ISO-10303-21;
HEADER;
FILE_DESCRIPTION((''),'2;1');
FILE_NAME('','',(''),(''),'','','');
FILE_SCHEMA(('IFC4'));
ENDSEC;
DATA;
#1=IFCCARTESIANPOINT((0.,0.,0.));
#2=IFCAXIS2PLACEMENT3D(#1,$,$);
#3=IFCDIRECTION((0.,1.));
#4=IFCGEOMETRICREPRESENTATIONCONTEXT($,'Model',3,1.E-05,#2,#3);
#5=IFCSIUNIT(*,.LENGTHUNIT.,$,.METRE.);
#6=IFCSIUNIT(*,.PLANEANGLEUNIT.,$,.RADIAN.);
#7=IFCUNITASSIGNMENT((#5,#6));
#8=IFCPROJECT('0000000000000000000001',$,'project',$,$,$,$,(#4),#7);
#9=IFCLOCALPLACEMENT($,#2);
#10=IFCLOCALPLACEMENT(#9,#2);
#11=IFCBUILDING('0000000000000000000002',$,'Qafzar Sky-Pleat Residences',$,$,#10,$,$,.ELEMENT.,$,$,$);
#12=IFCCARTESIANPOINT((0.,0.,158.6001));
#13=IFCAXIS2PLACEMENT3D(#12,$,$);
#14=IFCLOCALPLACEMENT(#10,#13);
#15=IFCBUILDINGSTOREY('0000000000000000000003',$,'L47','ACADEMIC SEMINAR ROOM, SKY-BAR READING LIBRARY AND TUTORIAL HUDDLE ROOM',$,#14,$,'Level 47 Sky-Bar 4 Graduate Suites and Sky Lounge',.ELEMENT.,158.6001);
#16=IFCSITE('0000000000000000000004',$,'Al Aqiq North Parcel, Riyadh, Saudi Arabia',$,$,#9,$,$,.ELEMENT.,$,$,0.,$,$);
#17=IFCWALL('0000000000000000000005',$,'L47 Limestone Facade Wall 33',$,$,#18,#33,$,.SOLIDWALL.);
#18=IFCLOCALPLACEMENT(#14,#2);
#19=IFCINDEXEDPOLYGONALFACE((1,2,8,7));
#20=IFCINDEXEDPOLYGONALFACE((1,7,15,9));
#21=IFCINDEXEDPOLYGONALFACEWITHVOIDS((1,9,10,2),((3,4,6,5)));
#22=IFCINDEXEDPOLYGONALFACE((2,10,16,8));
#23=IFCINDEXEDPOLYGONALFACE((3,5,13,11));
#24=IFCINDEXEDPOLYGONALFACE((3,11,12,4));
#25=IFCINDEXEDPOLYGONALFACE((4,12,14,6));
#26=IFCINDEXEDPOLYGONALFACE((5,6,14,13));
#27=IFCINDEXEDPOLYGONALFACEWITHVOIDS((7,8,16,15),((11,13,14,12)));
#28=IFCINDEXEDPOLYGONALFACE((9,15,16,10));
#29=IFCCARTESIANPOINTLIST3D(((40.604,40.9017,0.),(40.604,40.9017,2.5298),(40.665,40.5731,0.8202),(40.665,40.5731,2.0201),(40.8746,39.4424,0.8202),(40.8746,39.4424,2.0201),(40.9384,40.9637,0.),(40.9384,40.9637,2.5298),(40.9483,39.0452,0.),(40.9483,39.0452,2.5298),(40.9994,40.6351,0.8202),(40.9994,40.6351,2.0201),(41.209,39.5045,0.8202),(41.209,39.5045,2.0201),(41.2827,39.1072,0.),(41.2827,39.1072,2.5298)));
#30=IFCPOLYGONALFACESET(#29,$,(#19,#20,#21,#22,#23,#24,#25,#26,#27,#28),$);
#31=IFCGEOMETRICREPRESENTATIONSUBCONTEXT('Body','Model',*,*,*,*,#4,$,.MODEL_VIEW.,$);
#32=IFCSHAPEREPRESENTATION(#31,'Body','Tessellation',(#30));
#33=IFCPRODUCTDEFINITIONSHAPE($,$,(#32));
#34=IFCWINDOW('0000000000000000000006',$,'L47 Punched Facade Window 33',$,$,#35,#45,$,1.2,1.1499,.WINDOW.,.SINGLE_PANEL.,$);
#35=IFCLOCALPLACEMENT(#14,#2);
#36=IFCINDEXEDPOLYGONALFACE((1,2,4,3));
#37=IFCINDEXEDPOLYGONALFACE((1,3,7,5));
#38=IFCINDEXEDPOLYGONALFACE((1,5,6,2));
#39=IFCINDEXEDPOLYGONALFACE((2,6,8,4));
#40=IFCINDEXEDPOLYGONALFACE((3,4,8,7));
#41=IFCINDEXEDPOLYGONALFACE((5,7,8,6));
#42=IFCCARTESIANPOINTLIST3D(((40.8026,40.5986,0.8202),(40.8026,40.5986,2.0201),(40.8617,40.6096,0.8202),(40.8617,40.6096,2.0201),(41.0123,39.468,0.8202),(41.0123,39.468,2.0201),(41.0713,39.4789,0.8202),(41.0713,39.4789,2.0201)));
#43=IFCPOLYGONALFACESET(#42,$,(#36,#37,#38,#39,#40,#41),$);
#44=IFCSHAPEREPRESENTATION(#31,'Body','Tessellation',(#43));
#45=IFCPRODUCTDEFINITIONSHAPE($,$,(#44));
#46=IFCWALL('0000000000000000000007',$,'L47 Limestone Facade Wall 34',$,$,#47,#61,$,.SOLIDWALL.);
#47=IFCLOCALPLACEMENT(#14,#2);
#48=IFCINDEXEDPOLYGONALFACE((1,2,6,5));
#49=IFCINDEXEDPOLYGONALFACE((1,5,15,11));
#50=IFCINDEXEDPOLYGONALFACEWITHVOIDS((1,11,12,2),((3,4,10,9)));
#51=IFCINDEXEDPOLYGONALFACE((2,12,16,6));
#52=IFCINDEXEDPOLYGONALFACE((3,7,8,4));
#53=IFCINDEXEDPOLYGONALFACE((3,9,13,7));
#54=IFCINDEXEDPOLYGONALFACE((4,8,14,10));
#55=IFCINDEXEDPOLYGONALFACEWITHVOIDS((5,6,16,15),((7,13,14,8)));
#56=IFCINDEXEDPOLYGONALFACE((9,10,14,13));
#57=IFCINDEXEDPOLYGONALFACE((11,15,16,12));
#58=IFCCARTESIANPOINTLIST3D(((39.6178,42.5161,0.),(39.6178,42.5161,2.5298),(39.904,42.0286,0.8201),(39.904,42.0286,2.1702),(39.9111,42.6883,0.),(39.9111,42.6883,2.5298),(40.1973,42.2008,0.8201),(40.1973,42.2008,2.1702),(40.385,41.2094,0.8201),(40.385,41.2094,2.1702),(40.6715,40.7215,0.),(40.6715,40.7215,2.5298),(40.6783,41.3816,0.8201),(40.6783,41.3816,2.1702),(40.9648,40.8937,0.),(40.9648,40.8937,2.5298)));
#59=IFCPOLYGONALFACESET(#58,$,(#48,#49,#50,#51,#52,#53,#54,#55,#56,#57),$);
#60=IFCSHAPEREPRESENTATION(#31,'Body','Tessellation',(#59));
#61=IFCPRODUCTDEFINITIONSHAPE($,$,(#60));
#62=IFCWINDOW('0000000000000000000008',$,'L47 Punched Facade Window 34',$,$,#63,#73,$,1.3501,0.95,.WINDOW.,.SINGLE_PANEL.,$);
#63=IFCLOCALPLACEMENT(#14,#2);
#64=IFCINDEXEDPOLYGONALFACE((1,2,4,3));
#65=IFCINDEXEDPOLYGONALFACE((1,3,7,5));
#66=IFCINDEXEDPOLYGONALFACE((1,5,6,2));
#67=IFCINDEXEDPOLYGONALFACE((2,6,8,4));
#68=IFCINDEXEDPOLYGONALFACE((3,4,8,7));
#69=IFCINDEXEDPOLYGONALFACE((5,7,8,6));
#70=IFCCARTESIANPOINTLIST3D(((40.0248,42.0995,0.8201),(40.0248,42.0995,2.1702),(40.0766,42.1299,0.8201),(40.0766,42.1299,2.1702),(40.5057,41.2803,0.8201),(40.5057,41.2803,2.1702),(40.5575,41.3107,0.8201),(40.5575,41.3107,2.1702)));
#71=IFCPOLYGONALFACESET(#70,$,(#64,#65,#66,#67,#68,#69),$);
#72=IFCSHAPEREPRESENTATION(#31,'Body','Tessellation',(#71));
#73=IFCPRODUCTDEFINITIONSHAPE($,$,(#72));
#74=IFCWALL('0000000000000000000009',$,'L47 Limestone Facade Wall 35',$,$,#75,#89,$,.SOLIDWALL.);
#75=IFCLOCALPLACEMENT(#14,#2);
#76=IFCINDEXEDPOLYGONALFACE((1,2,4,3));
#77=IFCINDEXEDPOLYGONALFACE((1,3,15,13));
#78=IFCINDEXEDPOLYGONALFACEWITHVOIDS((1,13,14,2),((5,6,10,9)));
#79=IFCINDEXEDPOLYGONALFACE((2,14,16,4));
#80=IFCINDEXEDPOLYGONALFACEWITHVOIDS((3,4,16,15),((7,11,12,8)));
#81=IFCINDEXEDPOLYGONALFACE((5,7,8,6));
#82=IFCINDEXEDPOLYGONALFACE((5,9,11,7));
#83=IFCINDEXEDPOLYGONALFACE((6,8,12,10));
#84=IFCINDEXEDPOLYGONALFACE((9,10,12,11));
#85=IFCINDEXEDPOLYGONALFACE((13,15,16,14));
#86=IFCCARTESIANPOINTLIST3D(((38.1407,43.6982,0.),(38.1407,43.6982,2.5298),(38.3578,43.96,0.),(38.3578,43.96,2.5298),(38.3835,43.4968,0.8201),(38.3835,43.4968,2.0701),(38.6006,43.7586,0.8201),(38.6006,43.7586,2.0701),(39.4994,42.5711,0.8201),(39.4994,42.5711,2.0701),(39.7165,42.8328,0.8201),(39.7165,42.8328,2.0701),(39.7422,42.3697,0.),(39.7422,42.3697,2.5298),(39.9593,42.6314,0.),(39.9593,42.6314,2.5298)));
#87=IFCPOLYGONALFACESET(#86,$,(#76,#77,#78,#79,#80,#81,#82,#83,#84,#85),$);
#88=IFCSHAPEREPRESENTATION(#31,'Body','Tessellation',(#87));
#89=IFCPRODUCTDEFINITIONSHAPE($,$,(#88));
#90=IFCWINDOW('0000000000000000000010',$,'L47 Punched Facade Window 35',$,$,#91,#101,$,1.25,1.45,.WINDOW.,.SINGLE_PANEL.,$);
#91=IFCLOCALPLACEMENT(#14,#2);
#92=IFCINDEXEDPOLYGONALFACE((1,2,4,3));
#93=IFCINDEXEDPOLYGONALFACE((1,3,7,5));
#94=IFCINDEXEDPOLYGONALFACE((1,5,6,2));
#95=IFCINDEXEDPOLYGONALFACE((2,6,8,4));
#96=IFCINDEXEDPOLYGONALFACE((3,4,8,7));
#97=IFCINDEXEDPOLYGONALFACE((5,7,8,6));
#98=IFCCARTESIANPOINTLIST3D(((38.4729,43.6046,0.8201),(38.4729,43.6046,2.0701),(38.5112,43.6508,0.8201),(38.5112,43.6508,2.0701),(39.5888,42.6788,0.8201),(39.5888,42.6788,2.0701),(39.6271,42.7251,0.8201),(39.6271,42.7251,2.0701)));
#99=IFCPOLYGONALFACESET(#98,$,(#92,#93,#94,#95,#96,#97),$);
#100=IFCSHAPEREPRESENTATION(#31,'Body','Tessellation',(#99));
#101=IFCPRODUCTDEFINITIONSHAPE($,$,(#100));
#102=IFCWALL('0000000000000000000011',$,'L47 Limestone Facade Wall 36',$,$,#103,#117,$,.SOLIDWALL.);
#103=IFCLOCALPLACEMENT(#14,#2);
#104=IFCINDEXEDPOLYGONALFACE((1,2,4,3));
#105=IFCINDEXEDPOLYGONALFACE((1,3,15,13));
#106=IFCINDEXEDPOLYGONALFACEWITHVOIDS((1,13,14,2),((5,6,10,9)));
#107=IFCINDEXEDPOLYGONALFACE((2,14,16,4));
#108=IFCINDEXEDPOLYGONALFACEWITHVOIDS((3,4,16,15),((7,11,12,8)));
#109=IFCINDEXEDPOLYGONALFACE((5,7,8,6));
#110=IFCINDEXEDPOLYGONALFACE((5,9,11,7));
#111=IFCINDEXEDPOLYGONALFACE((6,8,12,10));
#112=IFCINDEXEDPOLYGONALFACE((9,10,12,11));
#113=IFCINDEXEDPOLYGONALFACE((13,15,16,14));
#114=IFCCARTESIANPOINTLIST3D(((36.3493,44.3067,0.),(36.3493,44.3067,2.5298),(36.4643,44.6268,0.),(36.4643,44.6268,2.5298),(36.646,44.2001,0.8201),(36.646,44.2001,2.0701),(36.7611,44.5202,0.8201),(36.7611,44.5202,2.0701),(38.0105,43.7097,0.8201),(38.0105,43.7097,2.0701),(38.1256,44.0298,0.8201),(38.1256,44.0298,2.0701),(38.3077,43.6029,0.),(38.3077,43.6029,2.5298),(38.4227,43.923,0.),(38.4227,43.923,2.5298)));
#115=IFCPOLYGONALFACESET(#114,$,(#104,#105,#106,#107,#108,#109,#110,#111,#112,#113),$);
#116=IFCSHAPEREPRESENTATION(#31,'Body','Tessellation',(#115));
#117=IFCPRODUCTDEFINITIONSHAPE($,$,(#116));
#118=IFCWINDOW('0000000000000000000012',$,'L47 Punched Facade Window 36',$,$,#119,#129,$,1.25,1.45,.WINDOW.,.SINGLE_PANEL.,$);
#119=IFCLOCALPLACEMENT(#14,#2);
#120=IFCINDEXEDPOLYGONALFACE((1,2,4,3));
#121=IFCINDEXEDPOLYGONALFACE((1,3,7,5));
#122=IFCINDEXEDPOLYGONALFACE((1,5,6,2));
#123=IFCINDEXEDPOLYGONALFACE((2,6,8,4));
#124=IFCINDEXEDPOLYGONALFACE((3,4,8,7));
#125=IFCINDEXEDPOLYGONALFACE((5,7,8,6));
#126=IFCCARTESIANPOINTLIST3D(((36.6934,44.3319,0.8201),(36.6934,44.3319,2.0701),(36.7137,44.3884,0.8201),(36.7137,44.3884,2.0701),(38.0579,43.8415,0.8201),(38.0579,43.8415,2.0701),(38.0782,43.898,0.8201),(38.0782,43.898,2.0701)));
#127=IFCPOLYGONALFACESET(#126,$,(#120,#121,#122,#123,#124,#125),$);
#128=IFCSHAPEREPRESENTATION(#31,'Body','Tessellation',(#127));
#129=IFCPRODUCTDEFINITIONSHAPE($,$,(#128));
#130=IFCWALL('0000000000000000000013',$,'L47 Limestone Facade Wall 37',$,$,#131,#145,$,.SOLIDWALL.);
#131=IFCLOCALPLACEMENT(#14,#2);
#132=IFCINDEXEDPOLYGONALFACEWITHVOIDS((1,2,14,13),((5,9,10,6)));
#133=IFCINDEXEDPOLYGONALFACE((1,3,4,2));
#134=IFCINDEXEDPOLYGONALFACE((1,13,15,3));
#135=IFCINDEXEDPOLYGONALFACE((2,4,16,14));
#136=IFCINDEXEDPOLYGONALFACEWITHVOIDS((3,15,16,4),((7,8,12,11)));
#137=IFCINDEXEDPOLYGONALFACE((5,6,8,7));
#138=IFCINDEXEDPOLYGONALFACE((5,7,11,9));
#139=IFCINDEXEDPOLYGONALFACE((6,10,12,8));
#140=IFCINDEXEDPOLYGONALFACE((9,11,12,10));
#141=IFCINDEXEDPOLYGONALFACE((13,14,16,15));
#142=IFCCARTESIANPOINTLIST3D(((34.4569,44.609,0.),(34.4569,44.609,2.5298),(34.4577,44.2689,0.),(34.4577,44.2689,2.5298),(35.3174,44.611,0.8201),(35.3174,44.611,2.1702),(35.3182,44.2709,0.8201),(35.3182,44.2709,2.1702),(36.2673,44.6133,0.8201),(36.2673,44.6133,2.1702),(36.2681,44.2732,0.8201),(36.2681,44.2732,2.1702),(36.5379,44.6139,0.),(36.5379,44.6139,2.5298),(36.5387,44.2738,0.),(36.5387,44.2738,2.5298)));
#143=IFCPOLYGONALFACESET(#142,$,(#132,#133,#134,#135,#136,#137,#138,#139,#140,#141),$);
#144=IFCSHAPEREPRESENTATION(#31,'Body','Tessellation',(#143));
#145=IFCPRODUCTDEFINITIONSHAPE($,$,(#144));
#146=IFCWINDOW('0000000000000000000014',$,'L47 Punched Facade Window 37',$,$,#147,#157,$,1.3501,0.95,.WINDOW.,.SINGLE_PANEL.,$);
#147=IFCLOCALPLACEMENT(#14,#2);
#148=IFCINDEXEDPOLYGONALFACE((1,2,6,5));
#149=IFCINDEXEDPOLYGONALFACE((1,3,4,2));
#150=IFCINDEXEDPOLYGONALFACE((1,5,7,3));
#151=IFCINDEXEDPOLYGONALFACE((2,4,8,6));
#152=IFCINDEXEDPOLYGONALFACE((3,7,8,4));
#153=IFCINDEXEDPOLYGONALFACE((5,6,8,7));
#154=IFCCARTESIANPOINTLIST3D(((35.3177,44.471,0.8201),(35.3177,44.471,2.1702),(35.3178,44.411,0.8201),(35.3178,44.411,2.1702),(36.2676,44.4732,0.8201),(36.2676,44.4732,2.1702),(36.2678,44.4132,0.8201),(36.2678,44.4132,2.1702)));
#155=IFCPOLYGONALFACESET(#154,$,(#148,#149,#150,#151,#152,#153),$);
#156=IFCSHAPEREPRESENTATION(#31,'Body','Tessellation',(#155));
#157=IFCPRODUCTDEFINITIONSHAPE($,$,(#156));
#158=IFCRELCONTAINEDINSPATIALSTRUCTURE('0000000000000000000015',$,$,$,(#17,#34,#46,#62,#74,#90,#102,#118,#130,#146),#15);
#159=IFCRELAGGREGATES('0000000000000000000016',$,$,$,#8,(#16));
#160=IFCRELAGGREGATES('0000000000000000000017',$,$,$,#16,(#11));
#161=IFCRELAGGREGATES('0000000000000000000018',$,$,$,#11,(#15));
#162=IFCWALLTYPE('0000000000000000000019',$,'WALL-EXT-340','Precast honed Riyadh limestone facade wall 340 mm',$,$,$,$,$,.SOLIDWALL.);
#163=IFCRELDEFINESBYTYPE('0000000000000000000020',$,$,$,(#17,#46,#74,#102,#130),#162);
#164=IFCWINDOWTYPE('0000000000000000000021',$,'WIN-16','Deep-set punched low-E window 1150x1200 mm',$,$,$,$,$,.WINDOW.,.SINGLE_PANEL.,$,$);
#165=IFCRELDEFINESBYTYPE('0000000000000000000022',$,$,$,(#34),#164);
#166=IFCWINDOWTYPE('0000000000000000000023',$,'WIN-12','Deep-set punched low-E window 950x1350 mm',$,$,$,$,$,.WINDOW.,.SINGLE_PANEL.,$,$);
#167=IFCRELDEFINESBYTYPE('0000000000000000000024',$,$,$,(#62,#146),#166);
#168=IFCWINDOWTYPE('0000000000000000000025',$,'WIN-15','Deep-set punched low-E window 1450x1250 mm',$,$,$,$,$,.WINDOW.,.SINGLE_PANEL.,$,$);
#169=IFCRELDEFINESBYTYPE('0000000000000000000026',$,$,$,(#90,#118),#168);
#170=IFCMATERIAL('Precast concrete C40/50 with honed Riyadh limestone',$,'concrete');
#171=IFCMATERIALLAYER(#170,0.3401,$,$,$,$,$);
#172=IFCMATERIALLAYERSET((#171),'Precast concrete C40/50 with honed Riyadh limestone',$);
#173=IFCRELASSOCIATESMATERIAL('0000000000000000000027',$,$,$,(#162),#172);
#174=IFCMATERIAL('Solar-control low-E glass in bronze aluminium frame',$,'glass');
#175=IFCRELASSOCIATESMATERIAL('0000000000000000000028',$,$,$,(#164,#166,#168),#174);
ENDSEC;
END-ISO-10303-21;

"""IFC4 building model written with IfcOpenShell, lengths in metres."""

from ifc_helpers import new_model, si_unit, direction, frame, frame_2d, origin, place, context, subcontext, project, spatial, rectangle, extrude, source, transform, mapped, material, layer, layer_set, type_object, element, fill, save


model = new_model("IFC4")

# Units and contexts
model_context = context("Model", 3, precision=1e-05, world=origin(), true_north=direction((0.0, 1.0)))
body_context = subcontext(model_context, "Body", "Model", "MODEL_VIEW")
ifc_project = project(units=[si_unit("LENGTHUNIT", "METRE"), si_unit("PLANEANGLEUNIT", "RADIAN")], contexts=[model_context])

# Site, building, storey
site_placement = place(None, origin())
site = spatial("IfcSite", under=ifc_project, at=site_placement, Name="Al Aqiq North Parcel, Riyadh, Saudi Arabia", CompositionType="ELEMENT", RefElevation=0.0)
building_placement = place(site_placement, origin())
building = spatial("IfcBuilding", under=site, at=building_placement, Name="Qafzar Sky-Pleat Residences", CompositionType="ELEMENT")
storey_placement = place(building_placement, frame((0.0, 0.0, 158.6001)))
storey = spatial("IfcBuildingStorey", under=building, at=storey_placement, Name="L47", Description="ACADEMIC SEMINAR ROOM, SKY-BAR READING LIBRARY AND TUTORIAL HUDDLE ROOM", LongName="Level 47 Sky-Bar 4 Graduate Suites and Sky Lounge", CompositionType="ELEMENT", Elevation=158.6001)

# Walls, openings, windows
ifc_material_1 = material(Name="Precast concrete C40/50 with honed Riyadh limestone", Category="concrete")
ifc_layer_1 = layer(ifc_material_1, 0.3401)
ifc_layer_set_1 = layer_set([ifc_layer_1], Name="Precast concrete C40/50 with honed Riyadh limestone")
wall_type_1 = type_object("IfcWallType", Name="WALL-EXT-340", Description="Precast honed Riyadh limestone facade wall 340 mm", PredefinedType="SOLIDWALL", material=ifc_layer_set_1)
wall_1_placement = place(storey_placement, frame((41.1155, 39.0762, 0.0), z_axis=(0.0, 0.0, 1.0), x_axis=(-0.182321, 0.983239, 0.0)))
wall_1 = element("IfcWall", 1, at=wall_1_placement, inside=storey, type_object=wall_type_1, Name="L47 Limestone Facade Wall 33", PredefinedType="SOLIDWALL", context=body_context, shape_type="SweptSolid", body=[
    extrude(rectangle(XDim=1.8882, YDim=0.3401, at=frame_2d((0.9441, 0.0))), origin(), (0.0, 0.0, 1.0), 2.5298),
])
opening_1_placement = place(wall_1_placement, frame((0.4041, 0.0, 0.8201)))
opening_1 = element("IfcOpeningElement", 2, at=opening_1_placement, cuts=wall_1, PredefinedType="OPENING", context=body_context, shape_type="SweptSolid", body=[
    extrude(rectangle(XDim=1.1499, YDim=1.2, at=frame_2d((0.575, 0.6001))), frame((0.0, 0.1802, 0.0), z_axis=(0.0, -1.0, 0.0), x_axis=(1.0, 0.0, 0.0)), (0.0, 0.0, 1.0), 0.3601),
])
ifc_material_2 = material(Name="Solar-control low-E glass in bronze aluminium frame", Category="glass")
window_type_1 = type_object("IfcWindowType", Name="WIN-16", Description="Deep-set punched low-E window 1150x1200 mm", PartitioningType="SINGLE_PANEL", PredefinedType="WINDOW", material=ifc_material_2)
shared_shape_1 = source(origin(), body_context, "Body", "SweptSolid", [
    extrude(rectangle(XDim=1.1499, YDim=1.2, at=frame_2d((0.575, 0.6001))), frame((0.0, 0.03, 0.0), z_axis=(0.0, -1.0, 0.0), x_axis=(1.0, 0.0, 0.0)), (0.0, 0.0, 1.0), 0.0601),
])
window_1_placement = place(opening_1_placement, origin())
window_1 = element("IfcWindow", 3, at=window_1_placement, inside=storey, type_object=window_type_1, Name="L47 Punched Facade Window 33", OverallHeight=1.2, OverallWidth=1.1499, PartitioningType="SINGLE_PANEL", PredefinedType="WINDOW", context=body_context, shape_type="MappedRepresentation", body=[
    mapped(shared_shape_1, transform((0.0, 0.0, 0.0), x_axis=(1.0, 0.0, 0.0), y_axis=(0.0, 1.0, 0.0), z_axis=(0.0, 0.0, 1.0), scale=1.0)),
])
fill(opening_1, window_1)
wall_2_placement = place(storey_placement, frame((40.8181, 40.8076, 0.0), z_axis=(0.0, 0.0, 1.0), x_axis=(-0.506312, 0.86235, 0.0)))
wall_2 = element("IfcWall", 4, at=wall_2_placement, inside=storey, type_object=wall_type_1, Name="L47 Limestone Facade Wall 34", PredefinedType="SOLIDWALL", context=body_context, shape_type="SweptSolid", body=[
    extrude(rectangle(XDim=2.0811, YDim=0.3401, at=frame_2d((1.0405, 0.0))), origin(), (0.0, 0.0, 1.0), 2.5298),
])
opening_2_placement = place(wall_2_placement, frame((0.5657, 0.0, 0.8201)))
opening_2 = element("IfcOpeningElement", 5, at=opening_2_placement, cuts=wall_2, PredefinedType="OPENING", context=body_context, shape_type="SweptSolid", body=[
    extrude(rectangle(XDim=0.95, YDim=1.3501, at=frame_2d((0.4751, 0.675))), frame((0.0, 0.1802, 0.0), z_axis=(0.0, -1.0, 0.0), x_axis=(1.0, 0.0, 0.0)), (0.0, 0.0, 1.0), 0.3601),
])
window_type_2 = type_object("IfcWindowType", Name="WIN-12", Description="Deep-set punched low-E window 950x1350 mm", PartitioningType="SINGLE_PANEL", PredefinedType="WINDOW", material=ifc_material_2)
shared_shape_2 = source(origin(), body_context, "Body", "SweptSolid", [
    extrude(rectangle(XDim=0.95, YDim=1.3501, at=frame_2d((0.4751, 0.675))), frame((0.0, 0.03, 0.0), z_axis=(0.0, -1.0, 0.0), x_axis=(1.0, 0.0, 0.0)), (0.0, 0.0, 1.0), 0.0601),
])
window_2_placement = place(opening_2_placement, origin())
window_2 = element("IfcWindow", 6, at=window_2_placement, inside=storey, type_object=window_type_2, Name="L47 Punched Facade Window 34", OverallHeight=1.3501, OverallWidth=0.95, PartitioningType="SINGLE_PANEL", PredefinedType="WINDOW", context=body_context, shape_type="MappedRepresentation", body=[
    mapped(shared_shape_2, transform((0.0, 0.0, 0.0), x_axis=(1.0, 0.0, 0.0), y_axis=(0.0, 1.0, 0.0), z_axis=(0.0, 0.0, 1.0), scale=1.0)),
])
fill(opening_2, window_2)
wall_3_placement = place(storey_placement, frame((39.8508, 42.5005, 0.0), z_axis=(0.0, 0.0, 1.0), x_axis=(-0.769643, 0.638475, 0.0)))
wall_3 = element("IfcWall", 7, at=wall_3_placement, inside=storey, type_object=wall_type_1, Name="L47 Limestone Facade Wall 35", PredefinedType="SOLIDWALL", context=body_context, shape_type="SweptSolid", body=[
    extrude(rectangle(XDim=2.0808, YDim=0.3401, at=frame_2d((1.0405, 0.0))), origin(), (0.0, 0.0, 1.0), 2.5298),
])
opening_3_placement = place(wall_3_placement, frame((0.3154, 0.0, 0.8201)))
opening_3 = element("IfcOpeningElement", 8, at=opening_3_placement, cuts=wall_3, PredefinedType="OPENING", context=body_context, shape_type="SweptSolid", body=[
    extrude(rectangle(XDim=1.45, YDim=1.25, at=frame_2d((0.7251, 0.625))), frame((0.0, 0.1802, 0.0), z_axis=(0.0, -1.0, 0.0), x_axis=(1.0, 0.0, 0.0)), (0.0, 0.0, 1.0), 0.3601),
])
window_type_3 = type_object("IfcWindowType", Name="WIN-15", Description="Deep-set punched low-E window 1450x1250 mm", PartitioningType="SINGLE_PANEL", PredefinedType="WINDOW", material=ifc_material_2)
shared_shape_3 = source(origin(), body_context, "Body", "SweptSolid", [
    extrude(rectangle(XDim=1.45, YDim=1.25, at=frame_2d((0.7251, 0.625))), frame((0.0, 0.03, 0.0), z_axis=(0.0, -1.0, 0.0), x_axis=(1.0, 0.0, 0.0)), (0.0, 0.0, 1.0), 0.0601),
])
window_3_placement = place(opening_3_placement, origin())
window_3 = element("IfcWindow", 9, at=window_3_placement, inside=storey, type_object=window_type_3, Name="L47 Punched Facade Window 35", OverallHeight=1.25, OverallWidth=1.45, PartitioningType="SINGLE_PANEL", PredefinedType="WINDOW", context=body_context, shape_type="MappedRepresentation", body=[
    mapped(shared_shape_3, transform((0.0, 0.0, 0.0), x_axis=(1.0, 0.0, 0.0), y_axis=(0.0, 1.0, 0.0), z_axis=(0.0, 0.0, 1.0), scale=1.0)),
])
fill(opening_3, window_3)
wall_4_placement = place(storey_placement, frame((38.3652, 43.7629, 0.0), z_axis=(0.0, 0.0, 1.0), x_axis=(-0.941071, 0.338208, 0.0)))
wall_4 = element("IfcWall", 10, at=wall_4_placement, inside=storey, type_object=wall_type_1, Name="L47 Limestone Facade Wall 36", PredefinedType="SOLIDWALL", context=body_context, shape_type="SweptSolid", body=[
    extrude(rectangle(XDim=2.0811, YDim=0.3401, at=frame_2d((1.0405, 0.0))), origin(), (0.0, 0.0, 1.0), 2.5298),
])
opening_4_placement = place(wall_4_placement, frame((0.3157, 0.0, 0.8201)))
opening_4 = element("IfcOpeningElement", 11, at=opening_4_placement, cuts=wall_4, PredefinedType="OPENING", context=body_context, shape_type="SweptSolid", body=[
    extrude(rectangle(XDim=1.45, YDim=1.25, at=frame_2d((0.7251, 0.625))), frame((0.0, 0.1802, 0.0), z_axis=(0.0, -1.0, 0.0), x_axis=(1.0, 0.0, 0.0)), (0.0, 0.0, 1.0), 0.3601),
])
window_4_placement = place(opening_4_placement, origin())
window_4 = element("IfcWindow", 12, at=window_4_placement, inside=storey, type_object=window_type_3, Name="L47 Punched Facade Window 36", OverallHeight=1.25, OverallWidth=1.45, PartitioningType="SINGLE_PANEL", PredefinedType="WINDOW", context=body_context, shape_type="MappedRepresentation", body=[
    mapped(shared_shape_3, transform((0.0, 0.0, 0.0), x_axis=(1.0, 0.0, 0.0), y_axis=(0.0, 1.0, 0.0), z_axis=(0.0, 0.0, 1.0), scale=1.0)),
])
fill(opening_4, window_4)
wall_5_placement = place(storey_placement, frame((36.5383, 44.4438, 0.0), z_axis=(0.0, 0.0, 1.0), x_axis=(-0.999997, -0.002346, 0.0)))
wall_5 = element("IfcWall", 13, at=wall_5_placement, inside=storey, type_object=wall_type_1, Name="L47 Limestone Facade Wall 37", PredefinedType="SOLIDWALL", context=body_context, shape_type="SweptSolid", body=[
    extrude(rectangle(XDim=2.0811, YDim=0.3401, at=frame_2d((1.0405, 0.0))), origin(), (0.0, 0.0, 1.0), 2.5298),
])
opening_5_placement = place(wall_5_placement, frame((0.2705, 0.0, 0.8201)))
opening_5 = element("IfcOpeningElement", 14, at=opening_5_placement, cuts=wall_5, PredefinedType="OPENING", context=body_context, shape_type="SweptSolid", body=[
    extrude(rectangle(XDim=0.95, YDim=1.3501, at=frame_2d((0.4751, 0.675))), frame((0.0, 0.1802, 0.0), z_axis=(0.0, -1.0, 0.0), x_axis=(1.0, 0.0, 0.0)), (0.0, 0.0, 1.0), 0.3601),
])
window_5_placement = place(opening_5_placement, origin())
window_5 = element("IfcWindow", 15, at=window_5_placement, inside=storey, type_object=window_type_2, Name="L47 Punched Facade Window 37", OverallHeight=1.3501, OverallWidth=0.95, PartitioningType="SINGLE_PANEL", PredefinedType="WINDOW", context=body_context, shape_type="MappedRepresentation", body=[
    mapped(shared_shape_2, transform((0.0, 0.0, 0.0), x_axis=(1.0, 0.0, 0.0), y_axis=(0.0, 1.0, 0.0), z_axis=(0.0, 0.0, 1.0), scale=1.0)),
])
fill(opening_5, window_5)

save(model, "model.ifc")
